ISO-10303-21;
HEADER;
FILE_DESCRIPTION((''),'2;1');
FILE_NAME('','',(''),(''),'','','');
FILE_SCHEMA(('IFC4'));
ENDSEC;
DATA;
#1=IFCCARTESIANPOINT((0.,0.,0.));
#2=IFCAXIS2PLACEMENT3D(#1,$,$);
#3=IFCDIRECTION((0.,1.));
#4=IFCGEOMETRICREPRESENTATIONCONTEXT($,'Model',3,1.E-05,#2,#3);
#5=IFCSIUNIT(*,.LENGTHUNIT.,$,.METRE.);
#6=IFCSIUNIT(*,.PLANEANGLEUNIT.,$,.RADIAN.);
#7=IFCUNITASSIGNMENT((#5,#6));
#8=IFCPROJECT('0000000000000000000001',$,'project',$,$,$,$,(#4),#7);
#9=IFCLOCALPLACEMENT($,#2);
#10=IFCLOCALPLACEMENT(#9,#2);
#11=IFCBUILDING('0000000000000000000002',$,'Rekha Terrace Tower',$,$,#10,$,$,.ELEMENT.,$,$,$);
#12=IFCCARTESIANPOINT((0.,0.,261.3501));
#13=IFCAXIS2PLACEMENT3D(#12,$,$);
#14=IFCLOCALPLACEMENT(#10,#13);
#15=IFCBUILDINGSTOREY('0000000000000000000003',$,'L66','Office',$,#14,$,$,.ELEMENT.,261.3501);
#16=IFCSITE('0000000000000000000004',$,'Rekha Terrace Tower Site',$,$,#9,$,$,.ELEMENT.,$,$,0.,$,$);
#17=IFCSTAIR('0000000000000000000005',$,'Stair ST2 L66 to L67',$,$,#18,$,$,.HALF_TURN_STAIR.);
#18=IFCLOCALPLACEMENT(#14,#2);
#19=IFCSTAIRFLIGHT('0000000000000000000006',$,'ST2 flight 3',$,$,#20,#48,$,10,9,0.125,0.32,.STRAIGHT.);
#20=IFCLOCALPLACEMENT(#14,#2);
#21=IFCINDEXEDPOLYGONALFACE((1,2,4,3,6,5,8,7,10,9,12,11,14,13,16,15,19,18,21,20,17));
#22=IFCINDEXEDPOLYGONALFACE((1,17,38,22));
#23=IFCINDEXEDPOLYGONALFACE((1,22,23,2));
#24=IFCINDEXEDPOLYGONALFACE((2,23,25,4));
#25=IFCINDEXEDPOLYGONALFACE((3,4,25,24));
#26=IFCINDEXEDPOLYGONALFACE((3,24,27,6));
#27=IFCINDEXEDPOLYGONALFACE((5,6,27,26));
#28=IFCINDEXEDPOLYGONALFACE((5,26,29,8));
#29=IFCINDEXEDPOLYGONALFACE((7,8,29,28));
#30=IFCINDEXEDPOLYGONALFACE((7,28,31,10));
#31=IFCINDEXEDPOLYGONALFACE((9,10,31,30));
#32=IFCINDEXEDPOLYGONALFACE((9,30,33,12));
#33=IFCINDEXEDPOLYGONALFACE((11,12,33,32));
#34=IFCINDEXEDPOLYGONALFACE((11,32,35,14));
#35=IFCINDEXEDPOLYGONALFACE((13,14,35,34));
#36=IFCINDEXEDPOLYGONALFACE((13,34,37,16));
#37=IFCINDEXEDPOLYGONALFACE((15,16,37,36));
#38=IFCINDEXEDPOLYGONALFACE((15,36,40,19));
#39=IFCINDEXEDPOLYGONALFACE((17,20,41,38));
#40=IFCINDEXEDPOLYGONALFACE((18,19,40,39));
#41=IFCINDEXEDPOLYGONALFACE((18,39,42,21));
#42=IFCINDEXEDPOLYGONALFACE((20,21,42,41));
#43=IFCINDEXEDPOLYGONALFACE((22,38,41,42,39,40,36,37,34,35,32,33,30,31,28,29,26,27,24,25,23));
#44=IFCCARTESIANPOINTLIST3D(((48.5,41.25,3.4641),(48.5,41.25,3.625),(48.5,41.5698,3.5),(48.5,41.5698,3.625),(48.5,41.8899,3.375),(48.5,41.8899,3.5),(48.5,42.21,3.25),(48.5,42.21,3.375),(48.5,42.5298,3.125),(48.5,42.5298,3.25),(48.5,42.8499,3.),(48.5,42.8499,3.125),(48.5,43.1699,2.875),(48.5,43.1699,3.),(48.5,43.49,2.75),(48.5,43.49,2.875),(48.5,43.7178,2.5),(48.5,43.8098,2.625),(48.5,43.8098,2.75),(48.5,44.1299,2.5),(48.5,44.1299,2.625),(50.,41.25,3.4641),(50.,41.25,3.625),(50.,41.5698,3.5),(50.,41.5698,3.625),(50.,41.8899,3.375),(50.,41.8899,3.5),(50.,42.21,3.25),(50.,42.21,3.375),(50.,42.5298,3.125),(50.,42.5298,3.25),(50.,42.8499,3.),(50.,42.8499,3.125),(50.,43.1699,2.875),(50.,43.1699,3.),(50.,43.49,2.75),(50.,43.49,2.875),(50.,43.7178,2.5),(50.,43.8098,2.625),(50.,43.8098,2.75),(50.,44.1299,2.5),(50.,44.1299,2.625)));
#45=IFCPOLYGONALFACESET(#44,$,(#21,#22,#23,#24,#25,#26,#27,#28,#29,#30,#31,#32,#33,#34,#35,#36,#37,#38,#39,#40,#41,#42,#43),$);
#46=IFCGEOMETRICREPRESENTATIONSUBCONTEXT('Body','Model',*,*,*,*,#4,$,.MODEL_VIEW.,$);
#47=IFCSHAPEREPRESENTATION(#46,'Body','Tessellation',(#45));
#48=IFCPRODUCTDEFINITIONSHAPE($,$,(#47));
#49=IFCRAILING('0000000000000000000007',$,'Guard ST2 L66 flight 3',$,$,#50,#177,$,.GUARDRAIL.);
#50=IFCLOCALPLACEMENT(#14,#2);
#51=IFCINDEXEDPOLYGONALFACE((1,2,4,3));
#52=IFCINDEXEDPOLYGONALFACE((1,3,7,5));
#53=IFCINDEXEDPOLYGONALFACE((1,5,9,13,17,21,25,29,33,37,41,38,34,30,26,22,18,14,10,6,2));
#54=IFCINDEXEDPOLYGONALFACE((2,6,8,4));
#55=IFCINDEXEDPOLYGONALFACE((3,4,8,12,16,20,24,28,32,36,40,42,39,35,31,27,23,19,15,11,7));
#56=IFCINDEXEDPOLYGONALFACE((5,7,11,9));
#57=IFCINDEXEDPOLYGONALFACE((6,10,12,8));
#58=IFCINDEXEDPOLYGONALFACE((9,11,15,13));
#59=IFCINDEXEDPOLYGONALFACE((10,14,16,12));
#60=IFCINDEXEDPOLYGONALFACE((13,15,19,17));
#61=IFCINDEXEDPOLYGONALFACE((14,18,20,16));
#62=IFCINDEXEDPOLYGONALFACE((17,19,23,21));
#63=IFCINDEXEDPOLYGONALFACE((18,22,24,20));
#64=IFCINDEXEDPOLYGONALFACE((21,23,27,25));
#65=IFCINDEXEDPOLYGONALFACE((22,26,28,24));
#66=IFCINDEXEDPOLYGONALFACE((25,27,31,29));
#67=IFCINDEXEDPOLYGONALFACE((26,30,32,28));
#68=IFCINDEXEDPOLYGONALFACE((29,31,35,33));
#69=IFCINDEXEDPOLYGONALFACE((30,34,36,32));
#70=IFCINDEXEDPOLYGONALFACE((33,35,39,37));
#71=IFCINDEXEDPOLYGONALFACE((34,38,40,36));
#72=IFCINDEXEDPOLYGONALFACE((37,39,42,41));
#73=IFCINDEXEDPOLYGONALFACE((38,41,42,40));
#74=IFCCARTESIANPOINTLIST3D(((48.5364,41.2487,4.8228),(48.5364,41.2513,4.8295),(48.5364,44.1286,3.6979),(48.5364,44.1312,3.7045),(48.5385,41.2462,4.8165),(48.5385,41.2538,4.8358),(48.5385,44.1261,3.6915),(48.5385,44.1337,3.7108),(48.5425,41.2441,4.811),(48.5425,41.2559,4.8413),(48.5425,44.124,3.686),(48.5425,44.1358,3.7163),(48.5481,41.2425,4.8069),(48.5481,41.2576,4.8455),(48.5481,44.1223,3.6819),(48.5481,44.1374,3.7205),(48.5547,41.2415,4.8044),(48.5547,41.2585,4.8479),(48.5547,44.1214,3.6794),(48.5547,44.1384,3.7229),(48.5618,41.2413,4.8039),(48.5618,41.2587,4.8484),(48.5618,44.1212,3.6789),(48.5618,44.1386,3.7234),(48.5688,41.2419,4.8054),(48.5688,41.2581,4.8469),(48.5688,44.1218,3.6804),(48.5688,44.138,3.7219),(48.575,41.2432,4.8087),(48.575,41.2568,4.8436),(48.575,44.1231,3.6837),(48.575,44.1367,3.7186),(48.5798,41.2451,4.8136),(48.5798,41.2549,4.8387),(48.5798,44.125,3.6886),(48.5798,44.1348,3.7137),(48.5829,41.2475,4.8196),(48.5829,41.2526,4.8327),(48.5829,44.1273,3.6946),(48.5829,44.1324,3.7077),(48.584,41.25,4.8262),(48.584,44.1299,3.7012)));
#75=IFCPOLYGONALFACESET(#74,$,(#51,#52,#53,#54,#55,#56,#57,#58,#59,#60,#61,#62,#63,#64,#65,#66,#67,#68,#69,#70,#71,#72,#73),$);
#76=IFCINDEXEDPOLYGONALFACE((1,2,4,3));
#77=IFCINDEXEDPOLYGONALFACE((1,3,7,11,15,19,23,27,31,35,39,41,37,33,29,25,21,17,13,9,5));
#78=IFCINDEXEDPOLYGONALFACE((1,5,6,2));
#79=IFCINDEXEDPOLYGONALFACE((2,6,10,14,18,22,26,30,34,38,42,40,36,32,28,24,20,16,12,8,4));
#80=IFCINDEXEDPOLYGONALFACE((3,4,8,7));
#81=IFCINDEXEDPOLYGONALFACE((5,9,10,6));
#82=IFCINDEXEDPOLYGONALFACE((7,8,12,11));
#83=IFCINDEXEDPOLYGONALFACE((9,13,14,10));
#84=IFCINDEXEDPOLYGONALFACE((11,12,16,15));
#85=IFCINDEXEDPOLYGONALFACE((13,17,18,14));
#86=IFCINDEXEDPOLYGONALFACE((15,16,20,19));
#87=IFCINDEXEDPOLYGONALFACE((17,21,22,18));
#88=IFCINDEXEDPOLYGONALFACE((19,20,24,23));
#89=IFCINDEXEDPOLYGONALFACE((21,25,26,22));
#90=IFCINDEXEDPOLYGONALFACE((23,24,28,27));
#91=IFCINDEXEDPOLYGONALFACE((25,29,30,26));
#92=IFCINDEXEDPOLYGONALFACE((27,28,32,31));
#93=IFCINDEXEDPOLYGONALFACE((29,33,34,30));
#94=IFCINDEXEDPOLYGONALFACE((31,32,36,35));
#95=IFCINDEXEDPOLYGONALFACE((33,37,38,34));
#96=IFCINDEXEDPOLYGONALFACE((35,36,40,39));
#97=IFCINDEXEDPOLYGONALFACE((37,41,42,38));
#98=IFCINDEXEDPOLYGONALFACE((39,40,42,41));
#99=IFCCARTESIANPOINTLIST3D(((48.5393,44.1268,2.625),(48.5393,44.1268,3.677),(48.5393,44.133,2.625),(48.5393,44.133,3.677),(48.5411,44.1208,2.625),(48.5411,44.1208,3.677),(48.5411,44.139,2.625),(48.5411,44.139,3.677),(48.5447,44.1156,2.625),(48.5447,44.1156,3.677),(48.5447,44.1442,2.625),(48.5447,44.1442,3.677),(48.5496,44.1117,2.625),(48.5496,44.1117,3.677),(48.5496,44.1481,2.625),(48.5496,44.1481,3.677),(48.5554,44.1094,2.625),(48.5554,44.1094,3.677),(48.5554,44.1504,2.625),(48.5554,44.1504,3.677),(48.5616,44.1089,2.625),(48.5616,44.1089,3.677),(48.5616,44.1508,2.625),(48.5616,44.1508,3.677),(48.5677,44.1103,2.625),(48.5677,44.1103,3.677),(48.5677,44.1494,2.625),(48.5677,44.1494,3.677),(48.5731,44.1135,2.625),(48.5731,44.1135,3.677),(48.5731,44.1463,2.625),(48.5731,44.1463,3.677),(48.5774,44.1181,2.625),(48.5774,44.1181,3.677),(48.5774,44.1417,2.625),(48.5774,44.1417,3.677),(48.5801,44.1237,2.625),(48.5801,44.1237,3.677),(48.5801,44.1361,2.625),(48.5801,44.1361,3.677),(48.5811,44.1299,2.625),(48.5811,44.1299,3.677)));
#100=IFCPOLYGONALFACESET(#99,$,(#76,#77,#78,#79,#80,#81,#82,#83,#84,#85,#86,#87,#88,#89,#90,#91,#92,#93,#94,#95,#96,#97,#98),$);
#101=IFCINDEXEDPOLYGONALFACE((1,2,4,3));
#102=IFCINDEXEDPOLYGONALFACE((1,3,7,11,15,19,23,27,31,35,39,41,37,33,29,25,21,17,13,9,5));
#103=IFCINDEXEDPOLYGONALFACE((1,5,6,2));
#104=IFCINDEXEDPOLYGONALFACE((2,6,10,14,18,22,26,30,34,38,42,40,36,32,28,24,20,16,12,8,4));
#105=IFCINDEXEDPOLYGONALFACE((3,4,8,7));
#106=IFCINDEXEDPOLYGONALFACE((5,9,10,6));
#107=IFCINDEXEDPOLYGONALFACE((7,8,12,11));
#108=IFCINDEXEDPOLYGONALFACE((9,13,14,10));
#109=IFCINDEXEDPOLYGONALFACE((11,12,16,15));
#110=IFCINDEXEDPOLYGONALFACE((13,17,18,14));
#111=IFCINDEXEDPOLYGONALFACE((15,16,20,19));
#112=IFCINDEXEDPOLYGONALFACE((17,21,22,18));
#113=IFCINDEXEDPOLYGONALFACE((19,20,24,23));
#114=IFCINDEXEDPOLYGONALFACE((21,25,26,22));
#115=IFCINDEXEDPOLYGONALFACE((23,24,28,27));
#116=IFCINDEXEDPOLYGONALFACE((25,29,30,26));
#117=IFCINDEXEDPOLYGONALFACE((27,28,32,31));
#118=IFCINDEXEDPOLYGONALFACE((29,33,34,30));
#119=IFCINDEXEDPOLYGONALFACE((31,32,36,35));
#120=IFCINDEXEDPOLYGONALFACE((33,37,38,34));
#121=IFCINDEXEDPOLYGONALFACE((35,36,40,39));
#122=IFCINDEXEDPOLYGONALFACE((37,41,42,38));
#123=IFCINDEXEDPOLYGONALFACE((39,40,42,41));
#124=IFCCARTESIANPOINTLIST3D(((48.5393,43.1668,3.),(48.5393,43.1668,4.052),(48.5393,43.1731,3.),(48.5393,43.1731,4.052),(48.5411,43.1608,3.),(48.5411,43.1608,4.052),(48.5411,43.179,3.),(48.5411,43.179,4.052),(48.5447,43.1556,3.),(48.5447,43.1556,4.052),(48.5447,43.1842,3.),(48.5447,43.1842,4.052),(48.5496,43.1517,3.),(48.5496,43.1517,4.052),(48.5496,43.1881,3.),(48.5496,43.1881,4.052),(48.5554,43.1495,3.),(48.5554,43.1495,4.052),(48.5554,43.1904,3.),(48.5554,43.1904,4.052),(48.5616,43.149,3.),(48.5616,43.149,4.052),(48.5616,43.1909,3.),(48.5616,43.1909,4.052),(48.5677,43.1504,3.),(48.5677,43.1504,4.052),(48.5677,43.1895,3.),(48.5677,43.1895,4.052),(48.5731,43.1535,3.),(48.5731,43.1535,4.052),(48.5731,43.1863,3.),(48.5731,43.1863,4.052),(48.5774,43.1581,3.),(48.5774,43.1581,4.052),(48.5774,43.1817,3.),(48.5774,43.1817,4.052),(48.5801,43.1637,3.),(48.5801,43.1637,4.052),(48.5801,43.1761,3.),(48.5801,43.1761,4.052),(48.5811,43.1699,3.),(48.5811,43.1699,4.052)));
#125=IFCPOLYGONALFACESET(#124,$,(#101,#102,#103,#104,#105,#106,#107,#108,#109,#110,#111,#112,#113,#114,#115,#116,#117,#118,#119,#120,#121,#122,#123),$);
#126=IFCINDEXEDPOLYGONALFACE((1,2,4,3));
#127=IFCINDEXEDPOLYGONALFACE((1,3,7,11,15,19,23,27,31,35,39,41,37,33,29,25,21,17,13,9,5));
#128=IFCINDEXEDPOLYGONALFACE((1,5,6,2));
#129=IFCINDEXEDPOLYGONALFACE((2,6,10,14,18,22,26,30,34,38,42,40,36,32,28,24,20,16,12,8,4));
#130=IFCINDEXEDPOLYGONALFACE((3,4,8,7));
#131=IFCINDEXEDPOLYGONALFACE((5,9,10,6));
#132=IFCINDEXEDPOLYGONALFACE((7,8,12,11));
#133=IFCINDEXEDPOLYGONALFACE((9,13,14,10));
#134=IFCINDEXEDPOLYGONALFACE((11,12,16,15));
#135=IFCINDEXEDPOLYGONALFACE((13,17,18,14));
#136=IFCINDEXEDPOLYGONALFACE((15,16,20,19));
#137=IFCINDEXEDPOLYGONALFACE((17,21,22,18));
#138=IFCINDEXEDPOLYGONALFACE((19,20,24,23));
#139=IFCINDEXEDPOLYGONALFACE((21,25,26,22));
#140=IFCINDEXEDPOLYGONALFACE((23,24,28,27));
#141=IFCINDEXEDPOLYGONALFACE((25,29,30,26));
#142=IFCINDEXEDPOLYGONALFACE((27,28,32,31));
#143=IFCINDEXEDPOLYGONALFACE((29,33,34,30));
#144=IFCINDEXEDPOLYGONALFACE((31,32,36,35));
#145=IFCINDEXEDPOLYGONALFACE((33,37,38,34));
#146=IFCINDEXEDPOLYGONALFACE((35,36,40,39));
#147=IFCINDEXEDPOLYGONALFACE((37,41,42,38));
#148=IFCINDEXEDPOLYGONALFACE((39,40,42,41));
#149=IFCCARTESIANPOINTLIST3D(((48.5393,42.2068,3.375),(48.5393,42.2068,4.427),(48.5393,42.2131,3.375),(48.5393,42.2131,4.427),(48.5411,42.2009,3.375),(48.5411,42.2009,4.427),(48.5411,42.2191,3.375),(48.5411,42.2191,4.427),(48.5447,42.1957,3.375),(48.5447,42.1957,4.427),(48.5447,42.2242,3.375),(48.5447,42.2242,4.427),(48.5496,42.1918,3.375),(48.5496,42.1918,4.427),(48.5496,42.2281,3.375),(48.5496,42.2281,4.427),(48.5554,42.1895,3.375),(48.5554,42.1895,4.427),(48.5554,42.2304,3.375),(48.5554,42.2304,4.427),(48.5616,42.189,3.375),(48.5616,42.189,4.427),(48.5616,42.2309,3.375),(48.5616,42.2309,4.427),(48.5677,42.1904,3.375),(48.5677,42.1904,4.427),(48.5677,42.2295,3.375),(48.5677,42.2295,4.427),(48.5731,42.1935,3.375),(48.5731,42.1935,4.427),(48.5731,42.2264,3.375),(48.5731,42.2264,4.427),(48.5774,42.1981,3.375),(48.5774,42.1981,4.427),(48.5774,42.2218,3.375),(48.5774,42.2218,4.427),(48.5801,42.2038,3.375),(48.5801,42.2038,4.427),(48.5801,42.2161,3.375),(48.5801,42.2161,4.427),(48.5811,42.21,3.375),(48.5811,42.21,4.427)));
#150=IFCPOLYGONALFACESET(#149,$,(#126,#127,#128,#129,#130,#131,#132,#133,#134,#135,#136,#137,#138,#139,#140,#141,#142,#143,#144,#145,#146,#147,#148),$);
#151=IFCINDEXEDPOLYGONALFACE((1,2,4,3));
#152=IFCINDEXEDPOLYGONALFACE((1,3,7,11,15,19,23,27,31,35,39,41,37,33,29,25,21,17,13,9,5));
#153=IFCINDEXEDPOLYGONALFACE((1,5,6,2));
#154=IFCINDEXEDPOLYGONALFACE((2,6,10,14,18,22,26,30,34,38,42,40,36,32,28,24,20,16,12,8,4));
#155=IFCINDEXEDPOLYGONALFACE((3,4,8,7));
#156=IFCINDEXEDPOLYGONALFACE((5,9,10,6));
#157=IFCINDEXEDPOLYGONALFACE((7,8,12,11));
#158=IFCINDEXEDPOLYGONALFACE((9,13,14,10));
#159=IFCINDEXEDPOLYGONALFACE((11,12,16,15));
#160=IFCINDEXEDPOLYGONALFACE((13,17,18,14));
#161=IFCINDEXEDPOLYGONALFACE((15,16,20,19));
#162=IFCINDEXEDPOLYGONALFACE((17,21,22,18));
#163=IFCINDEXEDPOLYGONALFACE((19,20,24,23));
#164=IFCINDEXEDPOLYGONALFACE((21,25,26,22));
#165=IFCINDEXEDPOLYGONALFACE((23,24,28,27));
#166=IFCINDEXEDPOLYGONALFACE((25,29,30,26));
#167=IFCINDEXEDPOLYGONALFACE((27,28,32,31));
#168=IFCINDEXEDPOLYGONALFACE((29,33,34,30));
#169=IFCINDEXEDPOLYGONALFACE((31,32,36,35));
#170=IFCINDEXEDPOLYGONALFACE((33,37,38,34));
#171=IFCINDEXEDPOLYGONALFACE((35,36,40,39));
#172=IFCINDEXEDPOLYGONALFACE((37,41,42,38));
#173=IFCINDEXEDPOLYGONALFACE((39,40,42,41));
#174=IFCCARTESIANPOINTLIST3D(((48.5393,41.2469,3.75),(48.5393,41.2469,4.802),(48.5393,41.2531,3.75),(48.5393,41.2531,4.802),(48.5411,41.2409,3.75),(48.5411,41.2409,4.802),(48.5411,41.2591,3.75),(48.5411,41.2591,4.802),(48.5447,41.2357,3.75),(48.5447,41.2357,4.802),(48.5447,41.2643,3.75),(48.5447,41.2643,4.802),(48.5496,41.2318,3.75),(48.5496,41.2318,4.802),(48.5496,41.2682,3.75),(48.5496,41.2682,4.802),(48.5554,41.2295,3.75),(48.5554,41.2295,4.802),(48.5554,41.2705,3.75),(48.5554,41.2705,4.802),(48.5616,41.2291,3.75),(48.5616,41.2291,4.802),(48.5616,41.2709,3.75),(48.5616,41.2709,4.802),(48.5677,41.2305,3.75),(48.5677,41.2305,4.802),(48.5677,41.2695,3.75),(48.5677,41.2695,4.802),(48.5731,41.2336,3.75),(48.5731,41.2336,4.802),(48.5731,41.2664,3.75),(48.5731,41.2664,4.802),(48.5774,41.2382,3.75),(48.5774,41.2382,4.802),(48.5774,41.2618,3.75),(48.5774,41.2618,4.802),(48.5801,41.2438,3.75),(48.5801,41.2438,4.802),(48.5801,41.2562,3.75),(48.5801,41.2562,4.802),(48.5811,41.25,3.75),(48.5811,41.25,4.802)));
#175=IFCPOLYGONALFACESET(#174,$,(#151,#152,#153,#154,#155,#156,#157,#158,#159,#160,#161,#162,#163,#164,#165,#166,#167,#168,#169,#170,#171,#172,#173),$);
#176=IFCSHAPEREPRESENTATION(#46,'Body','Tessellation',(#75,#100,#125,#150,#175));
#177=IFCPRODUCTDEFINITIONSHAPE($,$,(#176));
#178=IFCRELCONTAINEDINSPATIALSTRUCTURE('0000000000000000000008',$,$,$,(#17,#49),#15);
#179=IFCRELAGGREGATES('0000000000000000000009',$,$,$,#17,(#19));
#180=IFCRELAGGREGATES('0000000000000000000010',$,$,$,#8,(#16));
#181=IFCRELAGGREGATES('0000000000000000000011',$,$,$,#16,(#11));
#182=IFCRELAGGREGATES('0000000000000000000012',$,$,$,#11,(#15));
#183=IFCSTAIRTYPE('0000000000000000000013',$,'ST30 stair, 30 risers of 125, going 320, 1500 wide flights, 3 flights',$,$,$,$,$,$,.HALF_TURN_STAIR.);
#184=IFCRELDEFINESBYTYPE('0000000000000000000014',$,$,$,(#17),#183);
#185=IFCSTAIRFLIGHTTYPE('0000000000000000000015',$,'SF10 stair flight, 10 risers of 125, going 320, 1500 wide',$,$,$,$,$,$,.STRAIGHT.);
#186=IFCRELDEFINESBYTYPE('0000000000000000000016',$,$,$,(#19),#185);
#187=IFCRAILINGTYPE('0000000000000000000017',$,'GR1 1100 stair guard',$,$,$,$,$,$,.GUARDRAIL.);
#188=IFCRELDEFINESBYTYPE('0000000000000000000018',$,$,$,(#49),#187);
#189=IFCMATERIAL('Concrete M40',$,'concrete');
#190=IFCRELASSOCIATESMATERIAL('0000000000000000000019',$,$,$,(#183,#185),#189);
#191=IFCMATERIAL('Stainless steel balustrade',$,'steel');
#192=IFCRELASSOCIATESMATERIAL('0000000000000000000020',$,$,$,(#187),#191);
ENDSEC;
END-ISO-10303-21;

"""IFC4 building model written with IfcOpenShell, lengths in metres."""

from ifc_helpers import new_model, si_unit, direction, frame, origin, origin_2d, place, context, subcontext, project, spatial, polyline, circle, outline, extrude, material, type_object, element, aggregate, save


model = new_model("IFC4")

# Units and contexts
model_context = context("Model", 3, precision=1e-05, world=origin(), true_north=direction((0.0, 1.0)))
body_context = subcontext(model_context, "Body", "Model", "MODEL_VIEW")
ifc_project = project(units=[si_unit("LENGTHUNIT", "METRE"), si_unit("PLANEANGLEUNIT", "RADIAN")], contexts=[model_context])

# Site, building, storey
site_placement = place(None, origin())
site = spatial("IfcSite", under=ifc_project, at=site_placement, Name="Rekha Terrace Tower Site", CompositionType="ELEMENT", RefElevation=0.0)
building_placement = place(site_placement, origin())
building = spatial("IfcBuilding", under=site, at=building_placement, Name="Rekha Terrace Tower", CompositionType="ELEMENT")
storey_placement = place(building_placement, frame((0.0, 0.0, 261.3501)))
storey = spatial("IfcBuildingStorey", under=building, at=storey_placement, Name="L66", Description="Office", CompositionType="ELEMENT", Elevation=261.3501)

# Stair, stair flight
ifc_material_1 = material(Name="Concrete M40", Category="concrete")
stair_type = type_object("IfcStairType", Name="ST30 stair, 30 risers of 125, going 320, 1500 wide flights, 3 flights", PredefinedType="HALF_TURN_STAIR", material=ifc_material_1)
stair_placement = place(storey_placement, origin())
stair = element("IfcStair", 1, at=stair_placement, inside=storey, type_object=stair_type, Name="Stair ST2 L66 to L67", PredefinedType="HALF_TURN_STAIR")
stair_flight_type = type_object("IfcStairFlightType", Name="SF10 stair flight, 10 risers of 125, going 320, 1500 wide", PredefinedType="STRAIGHT", material=ifc_material_1)
stair_flight_placement = place(storey_placement, frame((49.25, 44.1299, 2.5), z_axis=(0.0, 0.0, 1.0), x_axis=(0.0, -1.0, 0.0)))
stair_flight = element("IfcStairFlight", 2, at=stair_flight_placement, type_object=stair_flight_type, Name="ST2 flight 3", NumberOfRisers=10, NumberOfTreads=9, PredefinedType="STRAIGHT", RiserHeight=0.125, TreadLength=0.32, context=body_context, shape_type="SweptSolid", body=[
    extrude(outline(polyline([(0.0, 0.0), (0.0, 0.125), (0.3201, 0.125), (0.3201, 0.25), (0.6399, 0.25), (0.6399, 0.375), (0.96, 0.375), (0.96, 0.5), (1.28, 0.5), (1.28, 0.625), (1.6001, 0.625), (1.6001, 0.75), (1.9199, 0.75), (1.9199, 0.875), (2.24, 0.875), (2.24, 1.0), (2.5601, 1.0), (2.5601, 1.125), (2.8799, 1.125), (2.8799, 1.25), (2.8799, 0.9641), (0.4121, 0.0), (0.0, 0.0)])), frame((0.0, 0.75, 0.0), z_axis=(0.0, -1.0, 0.0), x_axis=(1.0, 0.0, 0.0)), (0.0, 0.0, 1.0), 1.5),
])
aggregate(stair, [stair_flight])

# Railing
ifc_material_2 = material(Name="Stainless steel balustrade", Category="steel")
railing_type_1 = type_object("IfcRailingType", Name="GR1 1100 stair guard", PredefinedType="GUARDRAIL", material=ifc_material_2)
railing_1_placement = place(storey_placement, frame((48.5601, 44.1299, 2.625)))
element("IfcRailing", 3, at=railing_1_placement, inside=storey, type_object=railing_type_1, Name="Guard ST2 L66 flight 3", PredefinedType="GUARDRAIL", context=body_context, shape_type="SweptSolid", body=[
    extrude(circle(Radius=0.0239, at=origin_2d()), frame((0.0, 0.0, 1.0762), z_axis=(0.0, -0.931452, 0.363863), x_axis=(1.0, 0.0, 0.0)), (0.0, 0.0, 1.0), 3.0918),
    extrude(circle(Radius=0.021, at=origin_2d()), origin(), (0.0, 0.0, 1.0), 1.052),
    extrude(circle(Radius=0.021, at=origin_2d()), frame((0.0, -0.96, 0.375)), (0.0, 0.0, 1.0), 1.052),
    extrude(circle(Radius=0.021, at=origin_2d()), frame((0.0, -1.9199, 0.75)), (0.0, 0.0, 1.0), 1.052),
    extrude(circle(Radius=0.021, at=origin_2d()), frame((0.0, -2.8799, 1.125)), (0.0, 0.0, 1.0), 1.052),
])

save(model, "model.ifc")
